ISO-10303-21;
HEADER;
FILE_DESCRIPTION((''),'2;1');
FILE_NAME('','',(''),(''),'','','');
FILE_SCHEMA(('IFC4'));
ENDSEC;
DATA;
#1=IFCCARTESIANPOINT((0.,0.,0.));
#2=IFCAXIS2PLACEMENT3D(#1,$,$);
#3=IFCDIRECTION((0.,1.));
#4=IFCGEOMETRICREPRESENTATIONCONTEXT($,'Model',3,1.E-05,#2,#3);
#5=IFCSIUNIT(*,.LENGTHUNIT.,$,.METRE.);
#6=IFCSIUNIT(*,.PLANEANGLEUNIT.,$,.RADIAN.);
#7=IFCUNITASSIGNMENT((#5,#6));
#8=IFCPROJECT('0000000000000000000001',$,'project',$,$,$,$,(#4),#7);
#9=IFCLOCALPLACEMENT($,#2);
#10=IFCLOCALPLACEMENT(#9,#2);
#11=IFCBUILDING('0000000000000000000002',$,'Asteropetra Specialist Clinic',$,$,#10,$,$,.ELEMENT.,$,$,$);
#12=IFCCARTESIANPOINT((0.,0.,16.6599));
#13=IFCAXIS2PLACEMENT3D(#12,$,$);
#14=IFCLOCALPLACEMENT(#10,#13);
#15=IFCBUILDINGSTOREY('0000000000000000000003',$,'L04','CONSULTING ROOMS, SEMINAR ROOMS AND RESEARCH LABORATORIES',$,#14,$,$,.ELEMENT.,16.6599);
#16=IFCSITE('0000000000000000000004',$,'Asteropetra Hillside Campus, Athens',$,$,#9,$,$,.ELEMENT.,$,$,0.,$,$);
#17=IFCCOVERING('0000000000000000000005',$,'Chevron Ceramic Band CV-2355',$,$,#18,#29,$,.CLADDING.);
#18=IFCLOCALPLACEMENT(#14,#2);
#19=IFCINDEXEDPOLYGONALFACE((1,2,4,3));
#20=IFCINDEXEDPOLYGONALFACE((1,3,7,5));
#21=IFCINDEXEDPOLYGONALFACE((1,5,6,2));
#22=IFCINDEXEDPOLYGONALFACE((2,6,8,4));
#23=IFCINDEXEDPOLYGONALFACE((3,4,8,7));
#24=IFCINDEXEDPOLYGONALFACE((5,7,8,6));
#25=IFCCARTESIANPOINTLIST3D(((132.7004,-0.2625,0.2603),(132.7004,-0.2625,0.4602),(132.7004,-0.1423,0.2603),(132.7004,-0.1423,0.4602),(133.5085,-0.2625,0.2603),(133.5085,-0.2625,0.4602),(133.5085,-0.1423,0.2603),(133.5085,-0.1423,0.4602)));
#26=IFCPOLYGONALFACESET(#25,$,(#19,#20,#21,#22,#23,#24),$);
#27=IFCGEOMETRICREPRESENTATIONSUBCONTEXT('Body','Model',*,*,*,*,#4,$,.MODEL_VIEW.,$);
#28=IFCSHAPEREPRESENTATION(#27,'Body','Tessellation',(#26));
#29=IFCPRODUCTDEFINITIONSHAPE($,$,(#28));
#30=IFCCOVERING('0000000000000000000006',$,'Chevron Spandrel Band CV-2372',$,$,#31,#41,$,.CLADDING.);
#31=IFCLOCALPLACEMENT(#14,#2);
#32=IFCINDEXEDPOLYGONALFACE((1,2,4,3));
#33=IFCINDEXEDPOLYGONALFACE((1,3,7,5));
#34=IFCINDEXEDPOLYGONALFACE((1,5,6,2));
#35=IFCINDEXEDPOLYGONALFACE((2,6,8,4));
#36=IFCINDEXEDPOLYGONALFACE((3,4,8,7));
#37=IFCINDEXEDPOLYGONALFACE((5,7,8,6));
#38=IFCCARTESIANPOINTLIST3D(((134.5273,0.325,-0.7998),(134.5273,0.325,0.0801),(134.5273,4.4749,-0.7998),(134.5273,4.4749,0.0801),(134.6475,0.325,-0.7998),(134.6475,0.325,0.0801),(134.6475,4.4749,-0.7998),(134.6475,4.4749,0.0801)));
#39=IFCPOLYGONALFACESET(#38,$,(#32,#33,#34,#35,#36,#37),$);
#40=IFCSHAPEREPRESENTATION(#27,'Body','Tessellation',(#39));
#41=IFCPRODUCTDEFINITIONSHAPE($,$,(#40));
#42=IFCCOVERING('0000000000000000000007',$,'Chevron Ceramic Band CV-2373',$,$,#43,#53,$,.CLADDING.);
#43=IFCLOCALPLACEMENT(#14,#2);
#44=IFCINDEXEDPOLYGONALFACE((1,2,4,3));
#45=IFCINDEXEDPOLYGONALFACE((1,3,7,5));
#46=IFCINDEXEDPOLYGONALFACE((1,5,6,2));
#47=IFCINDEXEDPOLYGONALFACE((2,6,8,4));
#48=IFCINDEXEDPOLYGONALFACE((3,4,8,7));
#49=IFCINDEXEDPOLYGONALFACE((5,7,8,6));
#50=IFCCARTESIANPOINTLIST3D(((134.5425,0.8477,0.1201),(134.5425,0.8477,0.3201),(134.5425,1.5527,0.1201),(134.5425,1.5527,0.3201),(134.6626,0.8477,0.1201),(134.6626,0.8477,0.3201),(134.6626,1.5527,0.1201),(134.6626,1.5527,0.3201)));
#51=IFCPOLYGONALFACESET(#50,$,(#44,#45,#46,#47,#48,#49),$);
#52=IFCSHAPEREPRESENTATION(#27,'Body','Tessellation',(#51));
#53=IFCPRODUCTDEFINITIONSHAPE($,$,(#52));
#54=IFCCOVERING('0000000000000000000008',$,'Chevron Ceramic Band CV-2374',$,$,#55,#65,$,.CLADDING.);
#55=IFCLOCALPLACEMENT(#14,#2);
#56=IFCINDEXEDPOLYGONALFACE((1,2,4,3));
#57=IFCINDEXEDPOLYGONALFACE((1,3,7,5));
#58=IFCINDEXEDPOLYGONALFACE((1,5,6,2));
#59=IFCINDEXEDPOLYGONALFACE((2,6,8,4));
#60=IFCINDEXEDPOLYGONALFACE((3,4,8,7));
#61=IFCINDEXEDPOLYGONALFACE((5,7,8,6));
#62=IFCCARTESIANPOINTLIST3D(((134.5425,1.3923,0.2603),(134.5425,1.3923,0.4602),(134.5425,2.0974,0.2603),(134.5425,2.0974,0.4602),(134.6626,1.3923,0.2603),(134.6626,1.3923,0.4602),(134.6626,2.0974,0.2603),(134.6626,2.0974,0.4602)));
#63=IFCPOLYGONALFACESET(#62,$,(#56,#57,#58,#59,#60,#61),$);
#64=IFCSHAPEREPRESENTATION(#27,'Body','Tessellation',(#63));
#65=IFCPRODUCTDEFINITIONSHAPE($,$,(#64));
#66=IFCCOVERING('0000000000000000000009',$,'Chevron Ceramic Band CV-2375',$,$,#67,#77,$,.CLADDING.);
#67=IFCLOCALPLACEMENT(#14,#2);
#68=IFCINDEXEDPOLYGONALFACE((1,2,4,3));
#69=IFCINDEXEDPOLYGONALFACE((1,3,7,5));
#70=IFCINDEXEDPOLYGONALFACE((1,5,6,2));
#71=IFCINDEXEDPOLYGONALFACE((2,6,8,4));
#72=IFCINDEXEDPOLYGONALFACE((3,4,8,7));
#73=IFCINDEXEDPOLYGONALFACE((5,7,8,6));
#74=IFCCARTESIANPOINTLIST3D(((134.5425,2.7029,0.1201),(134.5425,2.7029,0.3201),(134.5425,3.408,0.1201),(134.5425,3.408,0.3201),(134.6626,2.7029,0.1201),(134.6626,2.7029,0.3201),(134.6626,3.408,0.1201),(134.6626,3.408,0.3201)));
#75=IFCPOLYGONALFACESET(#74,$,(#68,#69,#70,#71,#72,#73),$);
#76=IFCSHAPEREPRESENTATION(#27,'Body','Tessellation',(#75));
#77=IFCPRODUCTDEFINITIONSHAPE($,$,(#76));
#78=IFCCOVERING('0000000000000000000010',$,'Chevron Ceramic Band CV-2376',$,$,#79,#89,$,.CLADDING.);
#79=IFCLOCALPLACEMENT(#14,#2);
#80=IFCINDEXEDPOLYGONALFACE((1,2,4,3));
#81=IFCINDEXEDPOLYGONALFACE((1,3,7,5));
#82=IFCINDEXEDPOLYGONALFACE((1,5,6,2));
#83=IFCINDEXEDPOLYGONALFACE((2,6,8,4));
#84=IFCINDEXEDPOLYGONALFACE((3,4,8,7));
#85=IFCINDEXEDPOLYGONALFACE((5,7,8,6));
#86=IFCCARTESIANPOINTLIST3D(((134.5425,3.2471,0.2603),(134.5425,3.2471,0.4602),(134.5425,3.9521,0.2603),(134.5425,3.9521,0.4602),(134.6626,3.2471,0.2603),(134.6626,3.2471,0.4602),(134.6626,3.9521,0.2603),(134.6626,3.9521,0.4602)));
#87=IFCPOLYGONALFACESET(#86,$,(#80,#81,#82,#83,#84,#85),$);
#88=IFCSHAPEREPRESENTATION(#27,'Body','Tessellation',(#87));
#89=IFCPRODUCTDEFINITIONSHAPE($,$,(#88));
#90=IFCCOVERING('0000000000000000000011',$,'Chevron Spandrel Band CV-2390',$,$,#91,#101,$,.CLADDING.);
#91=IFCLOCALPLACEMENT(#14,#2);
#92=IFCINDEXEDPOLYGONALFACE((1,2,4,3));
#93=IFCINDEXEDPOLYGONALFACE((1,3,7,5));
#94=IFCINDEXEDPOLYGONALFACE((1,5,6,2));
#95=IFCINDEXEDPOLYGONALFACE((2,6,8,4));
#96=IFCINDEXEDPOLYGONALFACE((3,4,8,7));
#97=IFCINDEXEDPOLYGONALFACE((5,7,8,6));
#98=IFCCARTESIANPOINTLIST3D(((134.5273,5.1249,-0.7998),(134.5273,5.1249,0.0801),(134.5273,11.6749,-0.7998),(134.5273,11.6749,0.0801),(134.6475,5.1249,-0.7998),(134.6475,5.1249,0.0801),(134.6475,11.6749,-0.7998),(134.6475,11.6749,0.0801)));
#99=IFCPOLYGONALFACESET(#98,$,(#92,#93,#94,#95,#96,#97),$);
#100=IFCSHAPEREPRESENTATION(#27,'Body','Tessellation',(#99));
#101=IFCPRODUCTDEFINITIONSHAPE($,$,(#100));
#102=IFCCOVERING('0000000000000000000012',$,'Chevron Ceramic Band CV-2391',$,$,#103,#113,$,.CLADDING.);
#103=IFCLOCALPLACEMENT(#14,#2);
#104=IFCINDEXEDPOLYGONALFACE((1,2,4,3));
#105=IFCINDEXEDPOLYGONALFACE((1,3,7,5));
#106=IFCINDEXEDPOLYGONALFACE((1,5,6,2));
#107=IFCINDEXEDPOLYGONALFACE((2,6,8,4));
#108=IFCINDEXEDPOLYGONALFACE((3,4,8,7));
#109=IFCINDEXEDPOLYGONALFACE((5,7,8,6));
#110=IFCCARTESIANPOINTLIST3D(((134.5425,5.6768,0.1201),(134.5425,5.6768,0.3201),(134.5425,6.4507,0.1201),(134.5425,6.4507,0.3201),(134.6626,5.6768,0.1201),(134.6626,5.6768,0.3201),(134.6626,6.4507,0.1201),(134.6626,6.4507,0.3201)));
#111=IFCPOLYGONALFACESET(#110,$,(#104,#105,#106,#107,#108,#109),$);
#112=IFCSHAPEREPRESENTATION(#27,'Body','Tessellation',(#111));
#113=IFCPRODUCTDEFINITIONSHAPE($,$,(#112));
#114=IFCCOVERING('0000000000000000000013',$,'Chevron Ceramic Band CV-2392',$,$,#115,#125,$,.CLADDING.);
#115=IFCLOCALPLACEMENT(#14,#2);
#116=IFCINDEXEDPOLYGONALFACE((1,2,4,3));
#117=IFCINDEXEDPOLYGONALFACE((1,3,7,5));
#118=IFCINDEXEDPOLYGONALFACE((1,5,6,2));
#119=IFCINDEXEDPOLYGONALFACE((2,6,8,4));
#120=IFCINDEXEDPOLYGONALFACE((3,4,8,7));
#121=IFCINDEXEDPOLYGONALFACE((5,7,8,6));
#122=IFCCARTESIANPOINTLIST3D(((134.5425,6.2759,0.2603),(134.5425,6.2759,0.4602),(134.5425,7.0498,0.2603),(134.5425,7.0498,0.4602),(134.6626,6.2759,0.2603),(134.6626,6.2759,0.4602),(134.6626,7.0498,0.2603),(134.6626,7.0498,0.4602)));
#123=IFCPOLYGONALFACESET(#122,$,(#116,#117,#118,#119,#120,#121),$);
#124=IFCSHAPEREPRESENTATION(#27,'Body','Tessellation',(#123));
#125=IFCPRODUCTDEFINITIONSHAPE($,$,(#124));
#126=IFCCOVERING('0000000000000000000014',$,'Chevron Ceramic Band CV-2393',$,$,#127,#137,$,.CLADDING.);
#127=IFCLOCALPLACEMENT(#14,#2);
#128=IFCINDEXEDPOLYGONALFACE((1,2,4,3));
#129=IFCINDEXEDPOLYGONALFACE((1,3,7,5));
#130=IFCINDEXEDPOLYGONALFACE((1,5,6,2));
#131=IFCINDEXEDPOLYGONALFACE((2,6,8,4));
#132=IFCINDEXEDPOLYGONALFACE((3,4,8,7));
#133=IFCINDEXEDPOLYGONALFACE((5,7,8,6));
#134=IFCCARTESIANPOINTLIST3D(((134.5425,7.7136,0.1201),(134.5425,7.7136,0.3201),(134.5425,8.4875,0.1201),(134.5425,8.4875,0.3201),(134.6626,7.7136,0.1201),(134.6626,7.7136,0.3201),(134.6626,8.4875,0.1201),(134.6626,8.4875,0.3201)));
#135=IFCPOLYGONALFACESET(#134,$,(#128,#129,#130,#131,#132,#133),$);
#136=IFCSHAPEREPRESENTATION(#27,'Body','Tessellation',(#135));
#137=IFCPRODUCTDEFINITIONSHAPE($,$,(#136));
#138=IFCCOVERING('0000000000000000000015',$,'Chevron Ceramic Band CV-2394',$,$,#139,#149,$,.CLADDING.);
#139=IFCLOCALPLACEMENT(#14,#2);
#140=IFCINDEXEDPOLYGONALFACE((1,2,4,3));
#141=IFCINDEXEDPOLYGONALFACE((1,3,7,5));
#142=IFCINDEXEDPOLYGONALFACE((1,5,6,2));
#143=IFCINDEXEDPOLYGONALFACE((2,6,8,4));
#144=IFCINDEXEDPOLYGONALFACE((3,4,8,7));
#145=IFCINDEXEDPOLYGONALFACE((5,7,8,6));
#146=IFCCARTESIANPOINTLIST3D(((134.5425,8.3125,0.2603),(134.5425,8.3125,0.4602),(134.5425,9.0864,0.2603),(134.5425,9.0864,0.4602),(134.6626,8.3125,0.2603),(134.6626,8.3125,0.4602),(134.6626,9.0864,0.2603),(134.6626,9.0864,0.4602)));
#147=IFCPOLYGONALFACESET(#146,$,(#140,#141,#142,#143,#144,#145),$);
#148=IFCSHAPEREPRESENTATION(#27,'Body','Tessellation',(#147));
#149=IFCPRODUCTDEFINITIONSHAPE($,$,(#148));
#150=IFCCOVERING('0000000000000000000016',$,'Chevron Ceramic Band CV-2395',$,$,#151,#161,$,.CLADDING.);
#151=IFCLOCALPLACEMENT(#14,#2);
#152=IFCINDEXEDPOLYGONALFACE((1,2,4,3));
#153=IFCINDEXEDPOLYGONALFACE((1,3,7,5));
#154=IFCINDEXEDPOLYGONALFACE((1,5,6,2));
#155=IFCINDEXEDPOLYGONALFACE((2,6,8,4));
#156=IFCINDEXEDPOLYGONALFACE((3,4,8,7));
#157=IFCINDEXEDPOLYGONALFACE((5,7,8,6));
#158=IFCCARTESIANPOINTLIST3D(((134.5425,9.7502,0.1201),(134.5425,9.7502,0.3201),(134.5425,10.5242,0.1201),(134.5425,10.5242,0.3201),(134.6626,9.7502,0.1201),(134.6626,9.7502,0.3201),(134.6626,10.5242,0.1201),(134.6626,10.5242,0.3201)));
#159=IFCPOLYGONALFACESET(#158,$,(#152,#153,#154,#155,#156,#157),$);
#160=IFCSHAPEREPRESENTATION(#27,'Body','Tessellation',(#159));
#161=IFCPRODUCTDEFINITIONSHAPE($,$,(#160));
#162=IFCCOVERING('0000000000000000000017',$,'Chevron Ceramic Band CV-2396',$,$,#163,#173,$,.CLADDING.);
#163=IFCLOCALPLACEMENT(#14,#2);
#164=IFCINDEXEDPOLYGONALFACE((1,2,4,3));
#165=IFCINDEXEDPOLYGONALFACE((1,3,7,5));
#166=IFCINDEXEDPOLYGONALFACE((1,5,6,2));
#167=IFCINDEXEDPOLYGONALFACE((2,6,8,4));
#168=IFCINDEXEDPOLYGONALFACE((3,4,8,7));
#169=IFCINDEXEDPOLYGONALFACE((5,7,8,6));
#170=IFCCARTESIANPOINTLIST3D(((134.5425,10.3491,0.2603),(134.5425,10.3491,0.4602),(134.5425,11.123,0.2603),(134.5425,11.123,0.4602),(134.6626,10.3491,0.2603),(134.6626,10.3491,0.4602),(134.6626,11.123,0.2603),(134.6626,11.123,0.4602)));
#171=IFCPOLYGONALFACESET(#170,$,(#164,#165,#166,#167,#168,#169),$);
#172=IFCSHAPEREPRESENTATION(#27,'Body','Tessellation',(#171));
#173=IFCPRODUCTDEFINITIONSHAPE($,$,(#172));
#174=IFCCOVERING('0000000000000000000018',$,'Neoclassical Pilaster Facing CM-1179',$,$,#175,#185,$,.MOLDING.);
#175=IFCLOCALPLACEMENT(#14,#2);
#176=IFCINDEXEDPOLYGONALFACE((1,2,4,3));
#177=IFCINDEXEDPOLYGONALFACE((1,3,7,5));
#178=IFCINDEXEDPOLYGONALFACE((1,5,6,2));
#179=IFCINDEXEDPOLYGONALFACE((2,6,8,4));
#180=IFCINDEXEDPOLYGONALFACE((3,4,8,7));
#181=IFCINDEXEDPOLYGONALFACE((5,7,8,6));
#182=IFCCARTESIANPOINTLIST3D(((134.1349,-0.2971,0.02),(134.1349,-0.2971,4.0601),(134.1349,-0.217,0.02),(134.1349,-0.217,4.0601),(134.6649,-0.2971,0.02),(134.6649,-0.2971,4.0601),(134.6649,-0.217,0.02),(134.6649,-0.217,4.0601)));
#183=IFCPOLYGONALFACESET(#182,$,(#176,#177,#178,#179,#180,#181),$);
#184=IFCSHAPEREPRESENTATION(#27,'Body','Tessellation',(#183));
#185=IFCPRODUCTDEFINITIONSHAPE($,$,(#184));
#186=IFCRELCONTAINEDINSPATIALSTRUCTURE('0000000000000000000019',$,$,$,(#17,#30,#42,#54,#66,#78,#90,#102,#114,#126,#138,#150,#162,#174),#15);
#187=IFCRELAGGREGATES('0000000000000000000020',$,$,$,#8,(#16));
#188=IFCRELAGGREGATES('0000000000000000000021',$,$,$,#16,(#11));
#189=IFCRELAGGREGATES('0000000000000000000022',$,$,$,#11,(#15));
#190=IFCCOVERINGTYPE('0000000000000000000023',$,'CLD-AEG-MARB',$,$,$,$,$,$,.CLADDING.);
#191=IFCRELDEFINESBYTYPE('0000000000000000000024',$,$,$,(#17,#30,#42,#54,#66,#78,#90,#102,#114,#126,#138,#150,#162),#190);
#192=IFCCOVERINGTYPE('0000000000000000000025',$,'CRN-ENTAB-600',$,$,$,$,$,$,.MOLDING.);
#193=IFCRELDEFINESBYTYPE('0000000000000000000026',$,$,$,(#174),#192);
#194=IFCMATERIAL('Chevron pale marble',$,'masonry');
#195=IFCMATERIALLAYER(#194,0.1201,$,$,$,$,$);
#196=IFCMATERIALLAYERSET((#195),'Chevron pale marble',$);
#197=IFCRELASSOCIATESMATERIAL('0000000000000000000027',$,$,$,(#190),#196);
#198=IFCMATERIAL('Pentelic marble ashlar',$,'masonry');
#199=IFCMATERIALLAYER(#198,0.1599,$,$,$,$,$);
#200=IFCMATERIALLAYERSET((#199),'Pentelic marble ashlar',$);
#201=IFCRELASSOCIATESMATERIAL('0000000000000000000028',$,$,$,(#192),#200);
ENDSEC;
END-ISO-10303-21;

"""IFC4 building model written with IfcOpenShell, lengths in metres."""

from ifc_helpers import new_model, si_unit, direction, frame, origin, origin_2d, place, context, subcontext, project, spatial, rectangle, extrude, material, layer, layer_set, type_object, element, save


model = new_model("IFC4")

# Units and contexts
model_context = context("Model", 3, precision=1e-05, world=origin(), true_north=direction((0.0, 1.0)))
body_context = subcontext(model_context, "Body", "Model", "MODEL_VIEW")
ifc_project = project(units=[si_unit("LENGTHUNIT", "METRE"), si_unit("PLANEANGLEUNIT", "RADIAN")], contexts=[model_context])

# Site, building, storey
site_placement = place(None, origin())
site = spatial("IfcSite", under=ifc_project, at=site_placement, Name="Asteropetra Hillside Campus, Athens", CompositionType="ELEMENT", RefElevation=0.0)
building_placement = place(site_placement, origin())
building = spatial("IfcBuilding", under=site, at=building_placement, Name="Asteropetra Specialist Clinic", CompositionType="ELEMENT")
storey_placement = place(building_placement, frame((0.0, 0.0, 16.6599)))
storey = spatial("IfcBuildingStorey", under=building, at=storey_placement, Name="L04", Description="CONSULTING ROOMS, SEMINAR ROOMS AND RESEARCH LABORATORIES", CompositionType="ELEMENT", Elevation=16.6599)

# Coverings
ifc_material_1 = material(Name="Chevron pale marble", Category="masonry")
ifc_layer_1 = layer(ifc_material_1, 0.1201)
ifc_layer_set_1 = layer_set([ifc_layer_1], Name="Chevron pale marble")
covering_type_1 = type_object("IfcCoveringType", Name="CLD-AEG-MARB", PredefinedType="CLADDING", material=ifc_layer_set_1)
covering_1_placement = place(storey_placement, frame((133.1045, -0.2024, 0.2603), z_axis=(0.0, 0.0, 1.0), x_axis=(1.0, 0.0, 0.0)))
element("IfcCovering", 1, at=covering_1_placement, inside=storey, type_object=covering_type_1, Name="Chevron Ceramic Band CV-2355", PredefinedType="CLADDING", context=body_context, shape_type="SweptSolid", body=[
    extrude(rectangle(XDim=0.8081, YDim=0.1201, at=origin_2d()), origin(), (0.0, 0.0, 1.0), 0.2),
])
covering_2_placement = place(storey_placement, frame((134.5874, 2.3999, -0.7998), z_axis=(0.0, 0.0, 1.0), x_axis=(1.0, 0.0, 0.0)))
element("IfcCovering", 2, at=covering_2_placement, inside=storey, type_object=covering_type_1, Name="Chevron Spandrel Band CV-2372", PredefinedType="CLADDING", context=body_context, shape_type="SweptSolid", body=[
    extrude(rectangle(XDim=0.1201, YDim=4.1499, at=origin_2d()), origin(), (0.0, 0.0, 1.0), 0.8799),
])
for number, where, z_axis, x_axis, name in (
    (3, (134.6025, 1.2002, 0.1201), (0.0, 0.0, 1.0), (1.0, 0.0, 0.0), "Chevron Ceramic Band CV-2373"),
    (4, (134.6025, 1.7449, 0.2603), (0.0, 0.0, 1.0), (1.0, 0.0, 0.0), "Chevron Ceramic Band CV-2374"),
    (5, (134.6025, 3.0554, 0.1201), (0.0, 0.0, 1.0), (1.0, 0.0, 0.0), "Chevron Ceramic Band CV-2375"),
    (6, (134.6025, 3.5996, 0.2603), (0.0, 0.0, 1.0), (1.0, 0.0, 0.0), "Chevron Ceramic Band CV-2376"),
):
    element("IfcCovering", number, at=place(storey_placement, frame(where, z_axis=z_axis, x_axis=x_axis)), inside=storey, type_object=covering_type_1, Name=name, PredefinedType="CLADDING", context=body_context, shape_type="SweptSolid", body=[
        extrude(rectangle(XDim=0.1201, YDim=0.7051, at=origin_2d()), origin(), (0.0, 0.0, 1.0), 0.2),
    ])
covering_3_placement = place(storey_placement, frame((134.5874, 8.3999, -0.7998), z_axis=(0.0, 0.0, 1.0), x_axis=(1.0, 0.0, 0.0)))
element("IfcCovering", 7, at=covering_3_placement, inside=storey, type_object=covering_type_1, Name="Chevron Spandrel Band CV-2390", PredefinedType="CLADDING", context=body_context, shape_type="SweptSolid", body=[
    extrude(rectangle(XDim=0.1201, YDim=6.55, at=origin_2d()), origin(), (0.0, 0.0, 1.0), 0.8799),
])
for number, where, z_axis, x_axis, name in (
    (8, (134.6025, 6.0637, 0.1201), (0.0, 0.0, 1.0), (1.0, 0.0, 0.0), "Chevron Ceramic Band CV-2391"),
    (9, (134.6025, 6.6628, 0.2603), (0.0, 0.0, 1.0), (1.0, 0.0, 0.0), "Chevron Ceramic Band CV-2392"),
    (10, (134.6025, 8.1006, 0.1201), (0.0, 0.0, 1.0), (1.0, 0.0, 0.0), "Chevron Ceramic Band CV-2393"),
    (11, (134.6025, 8.6995, 0.2603), (0.0, 0.0, 1.0), (1.0, 0.0, 0.0), "Chevron Ceramic Band CV-2394"),
    (12, (134.6025, 10.1372, 0.1201), (0.0, 0.0, 1.0), (1.0, 0.0, 0.0), "Chevron Ceramic Band CV-2395"),
    (13, (134.6025, 10.7361, 0.2603), (0.0, 0.0, 1.0), (1.0, 0.0, 0.0), "Chevron Ceramic Band CV-2396"),
):
    element("IfcCovering", number, at=place(storey_placement, frame(where, z_axis=z_axis, x_axis=x_axis)), inside=storey, type_object=covering_type_1, Name=name, PredefinedType="CLADDING", context=body_context, shape_type="SweptSolid", body=[
        extrude(rectangle(XDim=0.1201, YDim=0.7739, at=origin_2d()), origin(), (0.0, 0.0, 1.0), 0.2),
    ])
ifc_material_2 = material(Name="Pentelic marble ashlar", Category="masonry")
ifc_layer_2 = layer(ifc_material_2, 0.1599)
ifc_layer_set_2 = layer_set([ifc_layer_2], Name="Pentelic marble ashlar")
covering_type_2 = type_object("IfcCoveringType", Name="CRN-ENTAB-600", PredefinedType="MOLDING", material=ifc_layer_set_2)
covering_4_placement = place(storey_placement, frame((134.3999, -0.2571, 0.02), z_axis=(0.0, 0.0, 1.0), x_axis=(1.0, 0.0, 0.0)))
element("IfcCovering", 14, at=covering_4_placement, inside=storey, type_object=covering_type_2, Name="Neoclassical Pilaster Facing CM-1179", PredefinedType="MOLDING", context=body_context, shape_type="SweptSolid", body=[
    extrude(rectangle(XDim=0.53, YDim=0.0801, at=origin_2d()), origin(), (0.0, 0.0, 1.0), 4.04),
])

save(model, "model.ifc")
